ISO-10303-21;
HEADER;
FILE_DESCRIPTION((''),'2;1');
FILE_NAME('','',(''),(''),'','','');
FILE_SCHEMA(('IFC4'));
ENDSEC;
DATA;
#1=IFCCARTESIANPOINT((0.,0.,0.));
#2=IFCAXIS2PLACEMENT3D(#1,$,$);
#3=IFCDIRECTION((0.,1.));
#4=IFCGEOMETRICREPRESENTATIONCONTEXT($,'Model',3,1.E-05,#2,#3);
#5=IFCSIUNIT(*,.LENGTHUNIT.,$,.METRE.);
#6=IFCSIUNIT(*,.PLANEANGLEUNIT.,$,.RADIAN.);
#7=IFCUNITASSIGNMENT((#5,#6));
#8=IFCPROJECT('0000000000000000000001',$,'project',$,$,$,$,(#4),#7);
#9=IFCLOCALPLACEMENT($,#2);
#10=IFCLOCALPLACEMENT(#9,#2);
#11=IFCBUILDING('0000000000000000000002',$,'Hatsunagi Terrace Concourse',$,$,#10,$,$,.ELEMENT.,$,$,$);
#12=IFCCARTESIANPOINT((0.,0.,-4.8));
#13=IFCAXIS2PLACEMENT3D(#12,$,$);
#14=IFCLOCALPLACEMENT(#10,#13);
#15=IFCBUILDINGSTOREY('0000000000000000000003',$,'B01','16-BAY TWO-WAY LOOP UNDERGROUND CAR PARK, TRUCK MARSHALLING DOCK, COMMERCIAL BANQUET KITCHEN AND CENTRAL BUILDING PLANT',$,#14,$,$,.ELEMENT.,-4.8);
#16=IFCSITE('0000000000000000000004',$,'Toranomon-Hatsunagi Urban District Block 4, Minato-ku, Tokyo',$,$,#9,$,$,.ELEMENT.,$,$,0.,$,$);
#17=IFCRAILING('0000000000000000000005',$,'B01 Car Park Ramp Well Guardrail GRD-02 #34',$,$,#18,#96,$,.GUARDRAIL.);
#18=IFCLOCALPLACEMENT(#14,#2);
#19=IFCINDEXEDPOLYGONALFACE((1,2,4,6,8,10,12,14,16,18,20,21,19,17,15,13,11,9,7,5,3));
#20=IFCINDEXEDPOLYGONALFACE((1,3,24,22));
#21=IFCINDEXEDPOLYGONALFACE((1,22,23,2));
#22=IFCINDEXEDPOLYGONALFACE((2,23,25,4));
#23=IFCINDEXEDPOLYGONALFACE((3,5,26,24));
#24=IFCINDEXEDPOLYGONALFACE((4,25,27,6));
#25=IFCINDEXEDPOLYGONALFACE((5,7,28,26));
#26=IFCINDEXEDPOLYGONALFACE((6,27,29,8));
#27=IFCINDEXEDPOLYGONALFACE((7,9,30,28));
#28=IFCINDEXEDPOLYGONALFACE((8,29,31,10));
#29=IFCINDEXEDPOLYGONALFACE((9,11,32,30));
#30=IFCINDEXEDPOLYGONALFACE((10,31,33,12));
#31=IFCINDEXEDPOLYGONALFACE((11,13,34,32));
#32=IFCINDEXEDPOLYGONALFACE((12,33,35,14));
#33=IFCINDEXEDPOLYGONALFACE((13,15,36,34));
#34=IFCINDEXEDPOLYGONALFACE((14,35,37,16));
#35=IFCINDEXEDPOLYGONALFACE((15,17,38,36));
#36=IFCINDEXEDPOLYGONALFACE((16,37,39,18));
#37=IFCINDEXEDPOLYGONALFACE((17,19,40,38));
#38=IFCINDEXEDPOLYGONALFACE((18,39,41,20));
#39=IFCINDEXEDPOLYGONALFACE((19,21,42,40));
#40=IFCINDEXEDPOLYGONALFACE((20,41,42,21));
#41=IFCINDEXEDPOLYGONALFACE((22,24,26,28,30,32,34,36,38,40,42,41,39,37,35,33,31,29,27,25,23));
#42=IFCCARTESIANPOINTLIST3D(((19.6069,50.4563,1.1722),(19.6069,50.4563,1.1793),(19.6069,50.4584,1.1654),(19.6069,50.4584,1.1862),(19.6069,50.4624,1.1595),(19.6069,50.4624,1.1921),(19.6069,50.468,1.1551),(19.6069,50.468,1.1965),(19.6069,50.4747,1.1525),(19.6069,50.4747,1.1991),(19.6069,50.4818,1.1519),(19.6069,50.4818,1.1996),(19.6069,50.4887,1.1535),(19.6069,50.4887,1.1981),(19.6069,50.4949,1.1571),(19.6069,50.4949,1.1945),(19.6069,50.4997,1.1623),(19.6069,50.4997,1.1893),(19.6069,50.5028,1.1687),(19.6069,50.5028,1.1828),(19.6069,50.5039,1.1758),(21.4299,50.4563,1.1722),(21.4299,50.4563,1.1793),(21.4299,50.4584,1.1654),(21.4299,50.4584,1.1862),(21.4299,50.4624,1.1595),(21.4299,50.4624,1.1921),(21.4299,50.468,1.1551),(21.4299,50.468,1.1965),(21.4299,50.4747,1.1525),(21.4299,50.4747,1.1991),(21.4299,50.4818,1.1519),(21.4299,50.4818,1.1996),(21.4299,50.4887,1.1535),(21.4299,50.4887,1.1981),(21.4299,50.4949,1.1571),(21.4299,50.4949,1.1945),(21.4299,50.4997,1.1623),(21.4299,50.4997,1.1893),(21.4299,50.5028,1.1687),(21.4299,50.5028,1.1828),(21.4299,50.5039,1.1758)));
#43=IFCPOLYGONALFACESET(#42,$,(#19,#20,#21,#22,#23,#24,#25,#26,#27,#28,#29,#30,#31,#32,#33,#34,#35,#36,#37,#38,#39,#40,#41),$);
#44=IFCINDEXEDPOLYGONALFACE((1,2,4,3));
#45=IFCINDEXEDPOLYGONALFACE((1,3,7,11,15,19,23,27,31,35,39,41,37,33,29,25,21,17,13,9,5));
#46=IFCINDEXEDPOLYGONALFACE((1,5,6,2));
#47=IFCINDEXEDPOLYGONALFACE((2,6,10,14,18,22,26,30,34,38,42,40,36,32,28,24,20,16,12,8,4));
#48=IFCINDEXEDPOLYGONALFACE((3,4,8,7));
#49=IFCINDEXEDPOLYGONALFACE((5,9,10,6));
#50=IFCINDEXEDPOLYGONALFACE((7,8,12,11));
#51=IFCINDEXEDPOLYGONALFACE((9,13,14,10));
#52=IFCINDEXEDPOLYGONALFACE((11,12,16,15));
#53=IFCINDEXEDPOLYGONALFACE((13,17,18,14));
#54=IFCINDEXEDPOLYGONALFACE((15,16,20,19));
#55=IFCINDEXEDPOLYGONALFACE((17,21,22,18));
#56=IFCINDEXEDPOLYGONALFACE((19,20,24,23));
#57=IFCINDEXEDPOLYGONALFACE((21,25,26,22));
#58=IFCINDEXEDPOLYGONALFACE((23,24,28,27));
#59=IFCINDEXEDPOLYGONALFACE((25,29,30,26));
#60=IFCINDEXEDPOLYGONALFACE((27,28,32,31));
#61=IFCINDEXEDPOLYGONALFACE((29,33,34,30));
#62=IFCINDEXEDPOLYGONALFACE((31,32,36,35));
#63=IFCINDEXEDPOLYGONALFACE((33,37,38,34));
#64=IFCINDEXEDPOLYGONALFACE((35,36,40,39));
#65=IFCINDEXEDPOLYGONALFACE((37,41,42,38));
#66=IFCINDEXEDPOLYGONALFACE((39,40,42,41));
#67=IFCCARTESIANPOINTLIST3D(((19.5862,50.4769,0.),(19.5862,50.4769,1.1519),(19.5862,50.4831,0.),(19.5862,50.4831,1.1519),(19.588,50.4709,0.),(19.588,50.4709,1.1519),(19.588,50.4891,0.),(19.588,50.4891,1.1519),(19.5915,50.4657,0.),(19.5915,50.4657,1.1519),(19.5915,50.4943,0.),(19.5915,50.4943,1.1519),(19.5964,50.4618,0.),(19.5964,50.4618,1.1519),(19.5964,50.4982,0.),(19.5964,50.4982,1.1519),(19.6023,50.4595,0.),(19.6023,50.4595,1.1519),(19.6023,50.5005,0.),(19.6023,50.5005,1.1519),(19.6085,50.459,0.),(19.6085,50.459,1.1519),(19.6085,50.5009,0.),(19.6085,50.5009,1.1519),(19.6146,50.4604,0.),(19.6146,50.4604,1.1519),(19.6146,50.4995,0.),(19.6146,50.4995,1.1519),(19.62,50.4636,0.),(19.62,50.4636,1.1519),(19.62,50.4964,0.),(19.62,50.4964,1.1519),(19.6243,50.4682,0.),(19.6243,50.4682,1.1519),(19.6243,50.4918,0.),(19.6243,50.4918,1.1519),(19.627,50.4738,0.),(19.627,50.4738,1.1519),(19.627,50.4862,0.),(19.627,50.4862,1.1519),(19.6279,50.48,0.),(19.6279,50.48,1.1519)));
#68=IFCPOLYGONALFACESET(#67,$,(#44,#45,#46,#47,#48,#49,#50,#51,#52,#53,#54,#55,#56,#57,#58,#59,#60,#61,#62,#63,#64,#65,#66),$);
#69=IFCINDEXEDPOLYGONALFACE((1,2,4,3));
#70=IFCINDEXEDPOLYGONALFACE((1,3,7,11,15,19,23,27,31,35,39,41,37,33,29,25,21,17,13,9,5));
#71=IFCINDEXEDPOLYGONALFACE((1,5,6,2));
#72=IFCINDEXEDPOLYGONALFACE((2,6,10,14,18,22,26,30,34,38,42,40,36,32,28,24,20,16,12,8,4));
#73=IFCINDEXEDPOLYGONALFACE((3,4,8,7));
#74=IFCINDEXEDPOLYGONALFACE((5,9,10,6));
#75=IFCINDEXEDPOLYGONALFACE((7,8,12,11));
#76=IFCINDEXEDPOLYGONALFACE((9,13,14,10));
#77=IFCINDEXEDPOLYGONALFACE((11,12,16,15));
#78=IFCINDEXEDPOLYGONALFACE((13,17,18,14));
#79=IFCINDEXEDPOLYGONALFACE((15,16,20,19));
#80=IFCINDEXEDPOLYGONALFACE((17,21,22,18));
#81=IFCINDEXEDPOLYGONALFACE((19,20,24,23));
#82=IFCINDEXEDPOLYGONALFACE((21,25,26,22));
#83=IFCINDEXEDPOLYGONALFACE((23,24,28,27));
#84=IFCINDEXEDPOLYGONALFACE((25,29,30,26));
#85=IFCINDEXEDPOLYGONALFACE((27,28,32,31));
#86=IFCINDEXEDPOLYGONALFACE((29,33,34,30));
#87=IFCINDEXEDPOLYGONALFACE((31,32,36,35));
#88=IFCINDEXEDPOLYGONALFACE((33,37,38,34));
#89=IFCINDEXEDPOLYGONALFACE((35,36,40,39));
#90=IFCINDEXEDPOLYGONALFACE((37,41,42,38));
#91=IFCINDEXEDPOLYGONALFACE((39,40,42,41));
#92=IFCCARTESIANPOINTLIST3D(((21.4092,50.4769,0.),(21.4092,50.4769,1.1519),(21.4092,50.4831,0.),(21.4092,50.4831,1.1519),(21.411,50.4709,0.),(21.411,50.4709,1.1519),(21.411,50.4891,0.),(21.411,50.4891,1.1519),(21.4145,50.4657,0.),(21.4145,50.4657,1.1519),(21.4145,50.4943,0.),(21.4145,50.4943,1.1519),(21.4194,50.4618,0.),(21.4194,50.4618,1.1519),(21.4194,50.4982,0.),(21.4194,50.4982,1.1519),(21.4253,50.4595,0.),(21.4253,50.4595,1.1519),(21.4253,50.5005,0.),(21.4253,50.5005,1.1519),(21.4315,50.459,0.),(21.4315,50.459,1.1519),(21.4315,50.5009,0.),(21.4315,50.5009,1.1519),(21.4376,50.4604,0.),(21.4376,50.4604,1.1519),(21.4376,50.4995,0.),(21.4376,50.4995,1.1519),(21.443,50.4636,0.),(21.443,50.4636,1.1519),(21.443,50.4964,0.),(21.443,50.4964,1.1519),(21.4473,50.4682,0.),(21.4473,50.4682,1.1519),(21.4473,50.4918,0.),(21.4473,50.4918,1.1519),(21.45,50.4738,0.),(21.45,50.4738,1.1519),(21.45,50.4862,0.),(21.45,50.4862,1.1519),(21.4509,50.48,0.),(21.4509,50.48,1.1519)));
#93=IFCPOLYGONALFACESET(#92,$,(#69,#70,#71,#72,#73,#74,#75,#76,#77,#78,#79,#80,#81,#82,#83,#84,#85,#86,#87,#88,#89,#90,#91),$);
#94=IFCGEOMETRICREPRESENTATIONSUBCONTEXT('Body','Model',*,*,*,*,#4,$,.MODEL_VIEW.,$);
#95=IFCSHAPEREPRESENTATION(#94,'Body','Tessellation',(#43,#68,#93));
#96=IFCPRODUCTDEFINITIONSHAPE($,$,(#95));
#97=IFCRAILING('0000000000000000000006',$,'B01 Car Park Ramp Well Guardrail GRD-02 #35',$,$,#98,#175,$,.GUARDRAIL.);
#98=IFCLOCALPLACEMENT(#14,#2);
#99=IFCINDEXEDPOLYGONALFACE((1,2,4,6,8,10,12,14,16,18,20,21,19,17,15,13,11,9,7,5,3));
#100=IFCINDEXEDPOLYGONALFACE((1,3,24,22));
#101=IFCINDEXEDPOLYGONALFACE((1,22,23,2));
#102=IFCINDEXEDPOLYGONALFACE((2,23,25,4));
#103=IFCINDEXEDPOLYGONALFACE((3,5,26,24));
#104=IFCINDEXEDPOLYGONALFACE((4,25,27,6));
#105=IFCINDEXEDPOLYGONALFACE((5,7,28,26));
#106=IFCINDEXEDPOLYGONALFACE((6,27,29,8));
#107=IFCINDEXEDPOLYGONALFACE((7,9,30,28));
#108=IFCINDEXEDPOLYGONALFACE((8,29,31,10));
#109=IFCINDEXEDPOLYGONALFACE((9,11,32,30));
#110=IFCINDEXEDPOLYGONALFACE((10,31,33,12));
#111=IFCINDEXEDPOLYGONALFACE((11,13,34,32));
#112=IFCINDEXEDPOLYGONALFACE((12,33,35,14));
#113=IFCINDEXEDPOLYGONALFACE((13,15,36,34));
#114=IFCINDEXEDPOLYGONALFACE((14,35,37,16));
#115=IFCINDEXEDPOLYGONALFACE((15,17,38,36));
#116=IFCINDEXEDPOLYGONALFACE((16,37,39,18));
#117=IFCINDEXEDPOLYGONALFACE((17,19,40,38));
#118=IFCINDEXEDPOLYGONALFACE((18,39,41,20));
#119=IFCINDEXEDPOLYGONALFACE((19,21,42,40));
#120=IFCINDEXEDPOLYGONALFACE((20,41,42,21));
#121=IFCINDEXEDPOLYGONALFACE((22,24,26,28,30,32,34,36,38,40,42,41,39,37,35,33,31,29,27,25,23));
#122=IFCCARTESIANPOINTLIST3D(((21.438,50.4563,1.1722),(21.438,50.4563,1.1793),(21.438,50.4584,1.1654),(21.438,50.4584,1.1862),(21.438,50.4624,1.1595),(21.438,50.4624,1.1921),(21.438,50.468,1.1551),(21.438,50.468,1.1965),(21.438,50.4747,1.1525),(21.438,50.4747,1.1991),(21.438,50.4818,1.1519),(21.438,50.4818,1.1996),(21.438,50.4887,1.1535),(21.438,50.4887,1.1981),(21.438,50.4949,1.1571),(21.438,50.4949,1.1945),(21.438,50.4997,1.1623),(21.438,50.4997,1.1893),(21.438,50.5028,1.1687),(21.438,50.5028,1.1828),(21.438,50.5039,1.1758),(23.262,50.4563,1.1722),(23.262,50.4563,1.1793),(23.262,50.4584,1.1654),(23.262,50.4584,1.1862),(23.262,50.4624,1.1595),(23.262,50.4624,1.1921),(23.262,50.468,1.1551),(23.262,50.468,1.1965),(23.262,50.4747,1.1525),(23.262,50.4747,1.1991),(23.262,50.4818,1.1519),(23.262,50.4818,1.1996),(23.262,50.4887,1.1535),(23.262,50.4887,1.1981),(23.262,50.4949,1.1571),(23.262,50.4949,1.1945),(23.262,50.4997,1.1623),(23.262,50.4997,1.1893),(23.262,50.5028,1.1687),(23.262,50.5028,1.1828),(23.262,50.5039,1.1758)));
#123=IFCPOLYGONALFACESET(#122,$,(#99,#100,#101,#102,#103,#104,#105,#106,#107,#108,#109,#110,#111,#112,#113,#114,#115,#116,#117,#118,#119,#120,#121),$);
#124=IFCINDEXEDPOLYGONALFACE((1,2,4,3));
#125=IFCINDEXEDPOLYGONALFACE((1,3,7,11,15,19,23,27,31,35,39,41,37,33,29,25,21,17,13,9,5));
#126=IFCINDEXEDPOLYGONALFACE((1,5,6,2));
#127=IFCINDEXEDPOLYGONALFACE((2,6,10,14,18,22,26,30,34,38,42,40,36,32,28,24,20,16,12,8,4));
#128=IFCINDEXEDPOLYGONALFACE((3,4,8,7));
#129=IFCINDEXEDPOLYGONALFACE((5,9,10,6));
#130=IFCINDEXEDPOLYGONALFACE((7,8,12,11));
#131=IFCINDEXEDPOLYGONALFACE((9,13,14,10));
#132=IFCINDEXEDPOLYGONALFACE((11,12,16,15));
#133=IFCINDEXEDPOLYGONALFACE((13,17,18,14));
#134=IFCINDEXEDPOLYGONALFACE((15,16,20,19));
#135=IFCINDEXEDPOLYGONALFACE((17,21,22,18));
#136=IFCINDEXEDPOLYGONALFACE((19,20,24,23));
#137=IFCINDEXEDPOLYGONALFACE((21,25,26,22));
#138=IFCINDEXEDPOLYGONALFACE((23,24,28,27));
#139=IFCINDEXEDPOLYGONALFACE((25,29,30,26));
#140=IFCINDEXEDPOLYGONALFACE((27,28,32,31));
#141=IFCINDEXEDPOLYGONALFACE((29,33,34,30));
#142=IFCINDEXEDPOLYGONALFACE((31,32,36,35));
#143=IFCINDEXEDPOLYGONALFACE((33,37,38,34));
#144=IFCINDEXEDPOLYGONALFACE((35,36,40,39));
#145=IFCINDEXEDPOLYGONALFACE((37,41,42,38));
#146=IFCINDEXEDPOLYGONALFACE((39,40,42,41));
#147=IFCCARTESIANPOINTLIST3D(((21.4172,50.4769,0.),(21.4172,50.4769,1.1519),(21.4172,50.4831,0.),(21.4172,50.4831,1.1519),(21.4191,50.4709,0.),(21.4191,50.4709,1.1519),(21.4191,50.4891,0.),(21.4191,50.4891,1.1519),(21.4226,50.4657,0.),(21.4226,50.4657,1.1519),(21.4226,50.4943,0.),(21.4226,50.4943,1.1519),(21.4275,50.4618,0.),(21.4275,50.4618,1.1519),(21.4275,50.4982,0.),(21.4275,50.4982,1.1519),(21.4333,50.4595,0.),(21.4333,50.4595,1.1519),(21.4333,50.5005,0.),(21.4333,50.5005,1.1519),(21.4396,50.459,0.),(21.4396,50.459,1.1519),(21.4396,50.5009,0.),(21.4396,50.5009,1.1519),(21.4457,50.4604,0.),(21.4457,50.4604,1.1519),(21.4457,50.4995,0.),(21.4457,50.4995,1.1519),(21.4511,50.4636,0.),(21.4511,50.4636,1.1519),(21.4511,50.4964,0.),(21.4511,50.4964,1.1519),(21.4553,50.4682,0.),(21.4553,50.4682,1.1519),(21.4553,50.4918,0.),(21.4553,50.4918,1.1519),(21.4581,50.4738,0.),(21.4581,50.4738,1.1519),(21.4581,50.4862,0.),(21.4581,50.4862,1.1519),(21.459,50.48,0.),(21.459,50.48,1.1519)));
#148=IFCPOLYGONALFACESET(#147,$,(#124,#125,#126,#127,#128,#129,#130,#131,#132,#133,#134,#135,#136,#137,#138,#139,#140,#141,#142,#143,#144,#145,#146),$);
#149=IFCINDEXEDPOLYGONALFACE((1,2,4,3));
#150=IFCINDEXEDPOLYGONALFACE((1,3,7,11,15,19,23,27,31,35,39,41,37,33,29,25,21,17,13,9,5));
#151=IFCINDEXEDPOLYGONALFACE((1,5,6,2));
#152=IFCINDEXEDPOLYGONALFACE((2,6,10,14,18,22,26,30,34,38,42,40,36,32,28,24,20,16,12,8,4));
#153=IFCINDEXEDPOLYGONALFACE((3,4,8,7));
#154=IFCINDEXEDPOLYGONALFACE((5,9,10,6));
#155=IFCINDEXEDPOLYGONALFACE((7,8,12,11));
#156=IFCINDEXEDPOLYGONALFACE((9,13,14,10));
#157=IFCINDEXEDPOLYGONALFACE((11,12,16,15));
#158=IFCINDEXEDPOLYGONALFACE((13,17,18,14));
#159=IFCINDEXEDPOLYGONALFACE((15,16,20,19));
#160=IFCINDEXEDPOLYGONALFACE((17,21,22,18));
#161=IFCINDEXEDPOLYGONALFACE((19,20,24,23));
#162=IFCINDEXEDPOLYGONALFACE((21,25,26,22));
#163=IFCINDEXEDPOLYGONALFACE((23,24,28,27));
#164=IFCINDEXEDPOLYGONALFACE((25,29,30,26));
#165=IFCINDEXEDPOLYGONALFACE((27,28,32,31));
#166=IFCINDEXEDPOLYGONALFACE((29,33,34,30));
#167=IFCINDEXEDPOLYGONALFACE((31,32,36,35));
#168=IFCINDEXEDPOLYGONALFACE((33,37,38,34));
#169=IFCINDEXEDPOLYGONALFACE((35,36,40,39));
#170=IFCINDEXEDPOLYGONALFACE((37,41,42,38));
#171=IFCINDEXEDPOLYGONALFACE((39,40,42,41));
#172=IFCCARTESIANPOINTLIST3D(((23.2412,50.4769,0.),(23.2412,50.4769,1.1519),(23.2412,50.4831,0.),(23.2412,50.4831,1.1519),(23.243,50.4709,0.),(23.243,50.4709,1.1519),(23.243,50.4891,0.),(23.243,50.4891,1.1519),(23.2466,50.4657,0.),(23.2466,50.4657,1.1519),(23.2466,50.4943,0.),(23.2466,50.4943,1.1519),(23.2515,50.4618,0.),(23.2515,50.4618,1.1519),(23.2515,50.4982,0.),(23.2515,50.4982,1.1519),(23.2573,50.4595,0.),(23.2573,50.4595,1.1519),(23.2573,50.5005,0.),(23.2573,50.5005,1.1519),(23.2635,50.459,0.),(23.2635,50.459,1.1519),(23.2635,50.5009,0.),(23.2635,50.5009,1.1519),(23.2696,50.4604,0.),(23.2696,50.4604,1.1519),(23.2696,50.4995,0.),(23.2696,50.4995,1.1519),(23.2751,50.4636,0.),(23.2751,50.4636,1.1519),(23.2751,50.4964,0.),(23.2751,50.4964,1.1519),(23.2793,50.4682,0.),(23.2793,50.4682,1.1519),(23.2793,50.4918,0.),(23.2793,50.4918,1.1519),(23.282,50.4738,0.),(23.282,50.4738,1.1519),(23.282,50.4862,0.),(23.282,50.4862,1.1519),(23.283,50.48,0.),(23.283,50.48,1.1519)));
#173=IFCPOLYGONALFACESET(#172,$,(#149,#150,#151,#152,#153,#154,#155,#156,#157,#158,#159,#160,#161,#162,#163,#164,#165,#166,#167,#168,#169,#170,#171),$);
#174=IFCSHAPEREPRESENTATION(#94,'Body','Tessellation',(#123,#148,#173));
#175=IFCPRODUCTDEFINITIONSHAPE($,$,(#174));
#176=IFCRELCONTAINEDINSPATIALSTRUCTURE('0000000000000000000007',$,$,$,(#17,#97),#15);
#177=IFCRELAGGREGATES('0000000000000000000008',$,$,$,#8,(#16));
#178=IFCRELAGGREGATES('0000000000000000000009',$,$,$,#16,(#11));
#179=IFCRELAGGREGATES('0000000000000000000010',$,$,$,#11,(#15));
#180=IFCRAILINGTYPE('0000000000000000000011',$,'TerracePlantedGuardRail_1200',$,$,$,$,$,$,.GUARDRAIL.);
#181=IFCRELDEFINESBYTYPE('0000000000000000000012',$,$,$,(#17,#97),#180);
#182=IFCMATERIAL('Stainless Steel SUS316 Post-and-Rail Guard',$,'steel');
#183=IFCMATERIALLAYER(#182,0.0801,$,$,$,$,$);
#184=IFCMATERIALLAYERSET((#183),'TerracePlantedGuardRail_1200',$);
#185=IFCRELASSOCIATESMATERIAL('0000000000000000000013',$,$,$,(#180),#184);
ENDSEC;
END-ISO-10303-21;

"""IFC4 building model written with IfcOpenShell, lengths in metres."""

from ifc_helpers import new_model, si_unit, direction, frame, origin, origin_2d, place, context, subcontext, project, spatial, circle, extrude, material, layer, layer_set, type_object, element, save


model = new_model("IFC4")

# Units and contexts
model_context = context("Model", 3, precision=1e-05, world=origin(), true_north=direction((0.0, 1.0)))
body_context = subcontext(model_context, "Body", "Model", "MODEL_VIEW")
ifc_project = project(units=[si_unit("LENGTHUNIT", "METRE"), si_unit("PLANEANGLEUNIT", "RADIAN")], contexts=[model_context])

# Site, building, storey
site_placement = place(None, origin())
site = spatial("IfcSite", under=ifc_project, at=site_placement, Name="Toranomon-Hatsunagi Urban District Block 4, Minato-ku, Tokyo", CompositionType="ELEMENT", RefElevation=0.0)
building_placement = place(site_placement, origin())
building = spatial("IfcBuilding", under=site, at=building_placement, Name="Hatsunagi Terrace Concourse", CompositionType="ELEMENT")
storey_placement = place(building_placement, frame((0.0, 0.0, -4.8)))
storey = spatial("IfcBuildingStorey", under=building, at=storey_placement, Name="B01", Description="16-BAY TWO-WAY LOOP UNDERGROUND CAR PARK, TRUCK MARSHALLING DOCK, COMMERCIAL BANQUET KITCHEN AND CENTRAL BUILDING PLANT", CompositionType="ELEMENT", Elevation=-4.8)

# Railings
ifc_material_1 = material(Name="Stainless Steel SUS316 Post-and-Rail Guard", Category="steel")
ifc_layer_1 = layer(ifc_material_1, 0.0801)
ifc_layer_set_1 = layer_set([ifc_layer_1], Name="TerracePlantedGuardRail_1200")
railing_type = type_object("IfcRailingType", Name="TerracePlantedGuardRail_1200", PredefinedType="GUARDRAIL", material=ifc_layer_set_1)
railing_1_placement = place(storey_placement, frame((19.6069, 50.48, 0.0)))
element("IfcRailing", 1, at=railing_1_placement, inside=storey, type_object=railing_type, Name="B01 Car Park Ramp Well Guardrail GRD-02 #34", PredefinedType="GUARDRAIL", context=body_context, shape_type="SweptSolid", body=[
    extrude(circle(Radius=0.0239, at=origin_2d()), frame((0.0, 0.0, 1.1758), z_axis=(1.0, 0.0, 0.0), x_axis=(0.0, 1.0, 0.0)), (0.0, 0.0, 1.0), 1.823),
    extrude(circle(Radius=0.021, at=origin_2d()), origin(), (0.0, 0.0, 1.0), 1.1519),
    extrude(circle(Radius=0.021, at=origin_2d()), frame((1.823, 0.0, 0.0)), (0.0, 0.0, 1.0), 1.1519),
])
railing_2_placement = place(storey_placement, frame((21.438, 50.48, 0.0)))
element("IfcRailing", 2, at=railing_2_placement, inside=storey, type_object=railing_type, Name="B01 Car Park Ramp Well Guardrail GRD-02 #35", PredefinedType="GUARDRAIL", context=body_context, shape_type="SweptSolid", body=[
    extrude(circle(Radius=0.0239, at=origin_2d()), frame((0.0, 0.0, 1.1758), z_axis=(1.0, 0.0, 0.0), x_axis=(0.0, 1.0, 0.0)), (0.0, 0.0, 1.0), 1.824),
    extrude(circle(Radius=0.021, at=origin_2d()), origin(), (0.0, 0.0, 1.0), 1.1519),
    extrude(circle(Radius=0.021, at=origin_2d()), frame((1.824, 0.0, 0.0)), (0.0, 0.0, 1.0), 1.1519),
])

save(model, "model.ifc")
